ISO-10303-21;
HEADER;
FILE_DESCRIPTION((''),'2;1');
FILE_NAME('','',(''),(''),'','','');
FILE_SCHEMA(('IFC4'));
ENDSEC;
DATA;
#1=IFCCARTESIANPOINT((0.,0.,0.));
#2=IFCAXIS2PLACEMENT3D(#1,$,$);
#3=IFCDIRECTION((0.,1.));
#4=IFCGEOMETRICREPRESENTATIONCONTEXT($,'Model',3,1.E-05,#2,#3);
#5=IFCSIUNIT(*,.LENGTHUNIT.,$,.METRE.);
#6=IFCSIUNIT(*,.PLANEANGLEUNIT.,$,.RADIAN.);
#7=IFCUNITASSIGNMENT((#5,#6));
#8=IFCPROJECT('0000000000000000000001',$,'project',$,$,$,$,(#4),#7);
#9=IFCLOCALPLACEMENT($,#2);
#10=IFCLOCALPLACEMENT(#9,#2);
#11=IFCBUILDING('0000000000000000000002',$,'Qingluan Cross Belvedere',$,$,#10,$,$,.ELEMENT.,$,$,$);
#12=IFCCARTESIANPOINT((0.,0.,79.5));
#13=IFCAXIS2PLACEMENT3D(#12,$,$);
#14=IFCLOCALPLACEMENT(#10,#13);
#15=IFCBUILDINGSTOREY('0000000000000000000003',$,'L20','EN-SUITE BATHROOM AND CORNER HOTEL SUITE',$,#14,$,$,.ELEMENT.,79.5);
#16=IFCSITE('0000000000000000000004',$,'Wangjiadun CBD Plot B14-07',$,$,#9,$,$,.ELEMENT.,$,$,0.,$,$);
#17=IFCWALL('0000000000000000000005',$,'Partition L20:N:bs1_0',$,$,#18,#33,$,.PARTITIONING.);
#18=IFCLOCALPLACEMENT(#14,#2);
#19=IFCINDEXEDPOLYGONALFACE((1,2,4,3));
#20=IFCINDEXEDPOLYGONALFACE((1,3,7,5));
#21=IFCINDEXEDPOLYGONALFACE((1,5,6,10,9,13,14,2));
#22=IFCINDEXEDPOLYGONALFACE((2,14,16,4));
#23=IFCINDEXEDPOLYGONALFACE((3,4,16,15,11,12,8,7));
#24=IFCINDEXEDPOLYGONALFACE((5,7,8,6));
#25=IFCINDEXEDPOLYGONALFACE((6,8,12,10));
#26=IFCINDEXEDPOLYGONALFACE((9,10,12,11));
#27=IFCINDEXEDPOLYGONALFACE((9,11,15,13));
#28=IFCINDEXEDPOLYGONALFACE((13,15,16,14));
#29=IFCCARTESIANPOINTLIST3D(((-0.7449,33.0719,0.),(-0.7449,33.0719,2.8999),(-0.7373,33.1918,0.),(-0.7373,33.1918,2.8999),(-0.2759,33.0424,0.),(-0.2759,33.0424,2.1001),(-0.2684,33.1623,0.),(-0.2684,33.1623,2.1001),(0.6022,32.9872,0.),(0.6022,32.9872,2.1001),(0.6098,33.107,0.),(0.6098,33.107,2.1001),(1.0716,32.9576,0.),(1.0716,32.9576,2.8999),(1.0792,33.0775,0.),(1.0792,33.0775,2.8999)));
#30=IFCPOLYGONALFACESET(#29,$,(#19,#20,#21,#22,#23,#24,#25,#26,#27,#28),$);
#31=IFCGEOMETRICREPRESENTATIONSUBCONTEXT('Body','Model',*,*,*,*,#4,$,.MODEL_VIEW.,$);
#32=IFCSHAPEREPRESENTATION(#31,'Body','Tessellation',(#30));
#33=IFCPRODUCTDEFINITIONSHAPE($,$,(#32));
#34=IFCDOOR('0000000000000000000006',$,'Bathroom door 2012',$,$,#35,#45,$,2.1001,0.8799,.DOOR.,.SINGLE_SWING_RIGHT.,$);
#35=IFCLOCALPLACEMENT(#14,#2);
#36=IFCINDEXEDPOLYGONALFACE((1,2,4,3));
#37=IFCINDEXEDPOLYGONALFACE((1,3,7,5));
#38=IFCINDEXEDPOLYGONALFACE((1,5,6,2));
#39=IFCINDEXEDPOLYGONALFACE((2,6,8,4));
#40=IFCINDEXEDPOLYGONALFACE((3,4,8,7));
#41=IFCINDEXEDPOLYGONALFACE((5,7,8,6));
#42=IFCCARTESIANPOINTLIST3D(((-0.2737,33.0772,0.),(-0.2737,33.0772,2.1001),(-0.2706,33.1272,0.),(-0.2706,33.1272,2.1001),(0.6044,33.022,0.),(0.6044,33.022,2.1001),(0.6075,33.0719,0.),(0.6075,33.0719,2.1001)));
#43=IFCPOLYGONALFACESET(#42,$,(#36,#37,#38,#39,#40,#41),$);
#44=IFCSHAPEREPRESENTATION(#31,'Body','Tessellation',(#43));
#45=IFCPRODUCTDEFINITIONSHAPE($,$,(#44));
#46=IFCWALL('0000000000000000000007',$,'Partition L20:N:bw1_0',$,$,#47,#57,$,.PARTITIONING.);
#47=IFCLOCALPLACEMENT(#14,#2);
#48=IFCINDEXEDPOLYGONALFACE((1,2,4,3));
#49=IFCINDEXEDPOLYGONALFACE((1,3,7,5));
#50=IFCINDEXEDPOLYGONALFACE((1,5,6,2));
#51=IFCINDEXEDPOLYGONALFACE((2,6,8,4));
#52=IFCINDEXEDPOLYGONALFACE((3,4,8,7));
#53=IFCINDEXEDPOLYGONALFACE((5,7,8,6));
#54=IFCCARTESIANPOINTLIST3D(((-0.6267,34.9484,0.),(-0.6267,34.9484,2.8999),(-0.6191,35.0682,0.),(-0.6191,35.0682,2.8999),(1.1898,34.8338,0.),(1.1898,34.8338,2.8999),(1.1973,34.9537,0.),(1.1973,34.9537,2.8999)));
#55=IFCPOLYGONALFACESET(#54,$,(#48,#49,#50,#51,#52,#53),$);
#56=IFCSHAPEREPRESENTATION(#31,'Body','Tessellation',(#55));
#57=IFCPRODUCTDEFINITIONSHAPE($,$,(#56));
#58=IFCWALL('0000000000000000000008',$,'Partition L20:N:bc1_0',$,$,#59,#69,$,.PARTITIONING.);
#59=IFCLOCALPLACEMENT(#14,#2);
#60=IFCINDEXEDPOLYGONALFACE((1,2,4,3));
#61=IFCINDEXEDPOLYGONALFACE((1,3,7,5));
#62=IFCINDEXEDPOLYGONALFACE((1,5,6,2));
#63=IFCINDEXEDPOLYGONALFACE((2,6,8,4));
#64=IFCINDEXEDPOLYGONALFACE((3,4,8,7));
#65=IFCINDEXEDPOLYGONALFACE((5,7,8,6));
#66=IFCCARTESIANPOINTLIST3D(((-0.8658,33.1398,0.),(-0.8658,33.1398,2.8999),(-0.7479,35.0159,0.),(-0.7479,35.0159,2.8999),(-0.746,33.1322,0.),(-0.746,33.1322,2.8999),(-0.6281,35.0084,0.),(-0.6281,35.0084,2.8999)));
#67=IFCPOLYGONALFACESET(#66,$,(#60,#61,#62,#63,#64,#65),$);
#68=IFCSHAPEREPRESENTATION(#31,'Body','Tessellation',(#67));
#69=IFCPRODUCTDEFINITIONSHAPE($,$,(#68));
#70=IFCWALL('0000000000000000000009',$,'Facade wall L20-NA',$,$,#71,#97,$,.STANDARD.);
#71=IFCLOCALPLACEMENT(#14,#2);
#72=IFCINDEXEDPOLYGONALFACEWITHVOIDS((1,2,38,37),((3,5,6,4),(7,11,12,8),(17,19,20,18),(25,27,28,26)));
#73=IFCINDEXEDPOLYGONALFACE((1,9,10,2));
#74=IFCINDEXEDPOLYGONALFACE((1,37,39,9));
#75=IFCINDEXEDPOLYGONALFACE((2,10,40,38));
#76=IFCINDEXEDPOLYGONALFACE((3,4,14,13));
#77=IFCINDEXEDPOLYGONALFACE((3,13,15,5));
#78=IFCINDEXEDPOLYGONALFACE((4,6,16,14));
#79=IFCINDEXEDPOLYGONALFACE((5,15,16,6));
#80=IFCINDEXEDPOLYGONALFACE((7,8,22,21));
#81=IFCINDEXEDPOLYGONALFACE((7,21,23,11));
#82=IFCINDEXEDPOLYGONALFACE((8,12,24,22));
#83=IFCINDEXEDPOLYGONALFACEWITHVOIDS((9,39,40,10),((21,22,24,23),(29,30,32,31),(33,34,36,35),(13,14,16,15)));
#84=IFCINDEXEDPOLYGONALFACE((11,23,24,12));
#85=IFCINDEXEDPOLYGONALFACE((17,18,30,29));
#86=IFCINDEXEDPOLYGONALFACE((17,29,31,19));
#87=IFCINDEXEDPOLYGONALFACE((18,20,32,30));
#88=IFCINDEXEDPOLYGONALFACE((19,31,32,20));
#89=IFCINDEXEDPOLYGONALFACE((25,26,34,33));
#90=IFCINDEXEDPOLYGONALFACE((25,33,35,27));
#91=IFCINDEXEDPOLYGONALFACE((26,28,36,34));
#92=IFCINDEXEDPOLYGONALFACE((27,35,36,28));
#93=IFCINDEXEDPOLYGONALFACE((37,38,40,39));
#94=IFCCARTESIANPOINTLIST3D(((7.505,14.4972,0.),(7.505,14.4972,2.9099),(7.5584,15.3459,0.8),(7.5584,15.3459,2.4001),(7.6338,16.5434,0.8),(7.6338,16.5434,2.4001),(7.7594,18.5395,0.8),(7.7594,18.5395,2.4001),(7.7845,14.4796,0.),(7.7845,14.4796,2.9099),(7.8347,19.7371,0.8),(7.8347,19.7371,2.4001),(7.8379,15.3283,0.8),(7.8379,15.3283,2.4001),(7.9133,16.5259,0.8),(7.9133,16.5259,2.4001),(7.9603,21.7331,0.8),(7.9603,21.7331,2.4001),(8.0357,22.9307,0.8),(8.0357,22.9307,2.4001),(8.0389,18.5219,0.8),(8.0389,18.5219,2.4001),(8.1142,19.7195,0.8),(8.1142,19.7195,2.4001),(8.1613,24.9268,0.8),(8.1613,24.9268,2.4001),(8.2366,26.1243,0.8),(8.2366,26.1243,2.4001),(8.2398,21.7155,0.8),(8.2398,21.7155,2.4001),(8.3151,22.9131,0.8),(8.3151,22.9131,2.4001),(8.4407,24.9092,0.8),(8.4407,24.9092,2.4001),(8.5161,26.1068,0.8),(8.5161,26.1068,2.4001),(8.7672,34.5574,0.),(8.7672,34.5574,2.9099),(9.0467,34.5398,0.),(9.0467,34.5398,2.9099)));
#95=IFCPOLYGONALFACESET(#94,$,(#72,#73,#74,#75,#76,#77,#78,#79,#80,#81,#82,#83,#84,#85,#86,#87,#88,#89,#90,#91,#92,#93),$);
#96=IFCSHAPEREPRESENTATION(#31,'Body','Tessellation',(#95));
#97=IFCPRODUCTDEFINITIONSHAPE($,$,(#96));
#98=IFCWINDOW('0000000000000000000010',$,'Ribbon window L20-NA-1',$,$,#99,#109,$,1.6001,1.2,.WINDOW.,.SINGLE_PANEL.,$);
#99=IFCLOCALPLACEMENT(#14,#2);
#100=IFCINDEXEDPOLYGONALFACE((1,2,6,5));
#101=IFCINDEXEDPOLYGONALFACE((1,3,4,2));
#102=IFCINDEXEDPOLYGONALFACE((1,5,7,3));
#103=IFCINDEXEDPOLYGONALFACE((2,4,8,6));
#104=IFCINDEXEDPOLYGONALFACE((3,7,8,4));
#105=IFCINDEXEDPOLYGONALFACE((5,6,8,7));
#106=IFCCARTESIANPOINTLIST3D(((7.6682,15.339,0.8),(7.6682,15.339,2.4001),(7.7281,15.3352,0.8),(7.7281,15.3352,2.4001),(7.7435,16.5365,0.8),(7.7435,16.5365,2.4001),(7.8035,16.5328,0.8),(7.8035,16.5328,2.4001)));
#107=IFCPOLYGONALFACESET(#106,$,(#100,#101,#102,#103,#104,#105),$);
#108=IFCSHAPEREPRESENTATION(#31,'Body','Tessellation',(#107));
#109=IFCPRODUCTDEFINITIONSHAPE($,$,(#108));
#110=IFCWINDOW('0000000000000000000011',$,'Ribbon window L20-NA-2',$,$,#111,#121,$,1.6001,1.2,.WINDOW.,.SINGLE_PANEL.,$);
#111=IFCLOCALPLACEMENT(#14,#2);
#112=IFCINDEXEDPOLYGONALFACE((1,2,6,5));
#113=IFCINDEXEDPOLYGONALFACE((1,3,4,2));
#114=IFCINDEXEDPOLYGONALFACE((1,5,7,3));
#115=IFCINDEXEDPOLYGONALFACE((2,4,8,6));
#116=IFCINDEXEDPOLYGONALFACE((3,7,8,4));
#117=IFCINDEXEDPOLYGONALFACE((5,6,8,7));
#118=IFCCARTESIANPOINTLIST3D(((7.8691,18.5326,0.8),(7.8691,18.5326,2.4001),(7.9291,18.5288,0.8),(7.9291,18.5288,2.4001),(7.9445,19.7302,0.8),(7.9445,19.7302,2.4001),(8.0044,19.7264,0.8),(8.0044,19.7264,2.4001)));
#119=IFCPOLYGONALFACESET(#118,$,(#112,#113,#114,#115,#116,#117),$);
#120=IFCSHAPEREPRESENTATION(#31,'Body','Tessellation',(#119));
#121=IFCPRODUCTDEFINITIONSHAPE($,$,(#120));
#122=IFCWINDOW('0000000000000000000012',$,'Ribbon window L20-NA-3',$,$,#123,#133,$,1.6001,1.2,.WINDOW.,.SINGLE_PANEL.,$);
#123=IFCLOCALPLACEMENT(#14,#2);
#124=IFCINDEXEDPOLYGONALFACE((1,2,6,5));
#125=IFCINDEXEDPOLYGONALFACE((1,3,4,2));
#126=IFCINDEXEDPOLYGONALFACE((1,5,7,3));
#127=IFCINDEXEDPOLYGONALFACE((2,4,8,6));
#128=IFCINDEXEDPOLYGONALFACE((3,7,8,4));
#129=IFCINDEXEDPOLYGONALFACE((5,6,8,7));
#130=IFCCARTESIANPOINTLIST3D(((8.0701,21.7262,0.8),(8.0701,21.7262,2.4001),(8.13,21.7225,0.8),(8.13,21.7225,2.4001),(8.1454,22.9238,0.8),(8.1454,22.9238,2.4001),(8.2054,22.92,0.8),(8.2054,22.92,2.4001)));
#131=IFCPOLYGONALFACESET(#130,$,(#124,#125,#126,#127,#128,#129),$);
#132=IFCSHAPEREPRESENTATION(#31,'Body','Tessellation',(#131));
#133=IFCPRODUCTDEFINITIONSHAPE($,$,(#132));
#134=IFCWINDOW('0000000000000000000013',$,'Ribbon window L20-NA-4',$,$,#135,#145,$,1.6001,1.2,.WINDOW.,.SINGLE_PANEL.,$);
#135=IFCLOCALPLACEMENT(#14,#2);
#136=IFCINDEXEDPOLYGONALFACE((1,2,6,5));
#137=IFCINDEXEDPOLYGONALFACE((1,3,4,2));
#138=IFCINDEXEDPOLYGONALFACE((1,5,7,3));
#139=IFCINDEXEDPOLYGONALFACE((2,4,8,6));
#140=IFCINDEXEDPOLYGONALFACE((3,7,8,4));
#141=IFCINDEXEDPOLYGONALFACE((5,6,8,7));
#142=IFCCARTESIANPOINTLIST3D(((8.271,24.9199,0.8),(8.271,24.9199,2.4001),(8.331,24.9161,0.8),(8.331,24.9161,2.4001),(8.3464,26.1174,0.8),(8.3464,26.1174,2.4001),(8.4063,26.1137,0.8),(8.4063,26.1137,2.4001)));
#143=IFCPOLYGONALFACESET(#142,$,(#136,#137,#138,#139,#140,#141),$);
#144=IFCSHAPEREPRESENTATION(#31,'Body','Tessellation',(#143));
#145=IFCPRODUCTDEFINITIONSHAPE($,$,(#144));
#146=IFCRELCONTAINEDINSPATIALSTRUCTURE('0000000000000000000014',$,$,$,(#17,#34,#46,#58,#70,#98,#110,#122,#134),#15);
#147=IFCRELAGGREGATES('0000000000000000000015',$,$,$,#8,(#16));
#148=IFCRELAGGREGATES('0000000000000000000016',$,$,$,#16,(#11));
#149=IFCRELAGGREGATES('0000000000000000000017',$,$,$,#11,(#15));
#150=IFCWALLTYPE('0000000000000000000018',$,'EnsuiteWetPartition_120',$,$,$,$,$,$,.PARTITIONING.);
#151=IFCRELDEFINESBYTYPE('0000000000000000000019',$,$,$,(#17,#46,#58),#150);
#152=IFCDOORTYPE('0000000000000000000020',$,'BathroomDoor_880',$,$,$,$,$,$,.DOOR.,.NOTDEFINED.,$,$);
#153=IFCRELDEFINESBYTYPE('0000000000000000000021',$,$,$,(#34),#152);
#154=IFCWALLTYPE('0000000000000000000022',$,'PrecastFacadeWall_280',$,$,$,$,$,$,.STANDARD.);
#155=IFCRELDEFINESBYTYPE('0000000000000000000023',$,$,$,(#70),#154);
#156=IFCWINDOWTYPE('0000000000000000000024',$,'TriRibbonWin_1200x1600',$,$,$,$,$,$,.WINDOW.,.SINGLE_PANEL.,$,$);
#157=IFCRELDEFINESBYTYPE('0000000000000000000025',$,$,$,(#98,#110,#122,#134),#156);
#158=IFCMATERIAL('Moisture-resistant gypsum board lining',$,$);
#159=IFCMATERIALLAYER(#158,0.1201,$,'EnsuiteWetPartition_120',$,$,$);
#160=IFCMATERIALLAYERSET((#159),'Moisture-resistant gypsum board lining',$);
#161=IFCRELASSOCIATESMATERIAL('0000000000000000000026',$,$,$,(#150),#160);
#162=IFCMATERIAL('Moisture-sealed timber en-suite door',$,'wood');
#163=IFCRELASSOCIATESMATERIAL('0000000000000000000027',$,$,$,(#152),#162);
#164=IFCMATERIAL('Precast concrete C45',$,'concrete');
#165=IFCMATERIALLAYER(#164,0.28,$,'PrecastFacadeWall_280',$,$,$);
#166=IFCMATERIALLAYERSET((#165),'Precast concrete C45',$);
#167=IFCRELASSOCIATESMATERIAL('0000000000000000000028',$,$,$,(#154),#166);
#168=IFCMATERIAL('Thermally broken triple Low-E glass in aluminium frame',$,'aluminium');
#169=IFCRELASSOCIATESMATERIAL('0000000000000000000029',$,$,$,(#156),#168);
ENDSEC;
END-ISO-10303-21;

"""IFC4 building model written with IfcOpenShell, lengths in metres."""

from ifc_helpers import new_model, si_unit, direction, frame, frame_2d, origin, place, context, subcontext, project, spatial, rectangle, extrude, material, layer, layer_set, type_object, element, fill, save


model = new_model("IFC4")

# Units and contexts
model_context = context("Model", 3, precision=1e-05, world=origin(), true_north=direction((0.0, 1.0)))
body_context = subcontext(model_context, "Body", "Model", "MODEL_VIEW")
ifc_project = project(units=[si_unit("LENGTHUNIT", "METRE"), si_unit("PLANEANGLEUNIT", "RADIAN")], contexts=[model_context])

# Site, building, storey
site_placement = place(None, origin())
site = spatial("IfcSite", under=ifc_project, at=site_placement, Name="Wangjiadun CBD Plot B14-07", CompositionType="ELEMENT", RefElevation=0.0)
building_placement = place(site_placement, origin())
building = spatial("IfcBuilding", under=site, at=building_placement, Name="Qingluan Cross Belvedere", CompositionType="ELEMENT")
storey_placement = place(building_placement, frame((0.0, 0.0, 79.5)))
storey = spatial("IfcBuildingStorey", under=building, at=storey_placement, Name="L20", Description="EN-SUITE BATHROOM AND CORNER HOTEL SUITE", CompositionType="ELEMENT", Elevation=79.5)

# Shared definitions
ifc_material_1 = material(Name="Moisture-resistant gypsum board lining")
ifc_layer_1 = layer(ifc_material_1, 0.1201, Name="EnsuiteWetPartition_120")
ifc_layer_set_1 = layer_set([ifc_layer_1], Name="Moisture-resistant gypsum board lining")
wall_type_1 = type_object("IfcWallType", Name="EnsuiteWetPartition_120", PredefinedType="PARTITIONING", material=ifc_layer_set_1)
ifc_material_2 = material(Name="Moisture-sealed timber en-suite door", Category="wood")
door_type_1 = type_object("IfcDoorType", Name="BathroomDoor_880", OperationType="NOTDEFINED", PredefinedType="DOOR", material=ifc_material_2)

# Wall, opening, door
wall_1_placement = place(storey_placement, frame((-0.7412, 33.1318, 0.0), z_axis=(0.0, 0.0, 1.0), x_axis=(0.998027, -0.062779, 0.0)))
wall_1 = element("IfcWall", 1, at=wall_1_placement, inside=storey, type_object=wall_type_1, Name="Partition L20:N:bs1_0", PredefinedType="PARTITIONING", context=body_context, shape_type="SweptSolid", body=[
    extrude(rectangle(XDim=1.8201, YDim=0.1201, at=frame_2d((0.9102, 0.0))), origin(), (0.0, 0.0, 1.0), 2.8999),
])
opening_1_placement = place(wall_1_placement, frame((0.47, 0.0, 0.0)))
opening_1 = element("IfcOpeningElement", 2, at=opening_1_placement, cuts=wall_1, PredefinedType="OPENING", context=body_context, shape_type="SweptSolid", body=[
    extrude(rectangle(XDim=0.8799, YDim=2.1001, at=frame_2d((0.4399, 1.05))), frame((0.0, 0.0701, 0.0), z_axis=(0.0, -1.0, 0.0), x_axis=(1.0, 0.0, 0.0)), (0.0, 0.0, 1.0), 0.1401),
])
door_1_placement = place(opening_1_placement, origin())
door_1 = element("IfcDoor", 3, at=door_1_placement, inside=storey, type_object=door_type_1, Name="Bathroom door 2012", OperationType="SINGLE_SWING_RIGHT", OverallHeight=2.1001, OverallWidth=0.8799, PredefinedType="DOOR", context=body_context, shape_type="SweptSolid", body=[
    extrude(rectangle(XDim=0.8799, YDim=2.1001, at=frame_2d((0.4399, 1.05))), frame((0.0, 0.0249, 0.0), z_axis=(0.0, -1.0, 0.0), x_axis=(1.0, 0.0, 0.0)), (0.0, 0.0, 1.0), 0.05),
])
fill(opening_1, door_1)

# Walls
wall_2_placement = place(storey_placement, frame((-0.623, 35.0083, 0.0), z_axis=(0.0, 0.0, 1.0), x_axis=(0.998019, -0.062913, 0.0)))
element("IfcWall", 4, at=wall_2_placement, inside=storey, type_object=wall_type_1, Name="Partition L20:N:bw1_0", PredefinedType="PARTITIONING", context=body_context, shape_type="SweptSolid", body=[
    extrude(rectangle(XDim=1.8201, YDim=0.1201, at=frame_2d((0.9102, 0.0))), origin(), (0.0, 0.0, 1.0), 2.8999),
])
wall_3_placement = place(storey_placement, frame((-0.8059, 33.136, 0.0), z_axis=(0.0, 0.0, 1.0), x_axis=(0.062726, 0.998031, 0.0)))
element("IfcWall", 5, at=wall_3_placement, inside=storey, type_object=wall_type_1, Name="Partition L20:N:bc1_0", PredefinedType="PARTITIONING", context=body_context, shape_type="SweptSolid", body=[
    extrude(rectangle(XDim=1.8799, YDim=0.1201, at=frame_2d((0.9399, 0.0))), origin(), (0.0, 0.0, 1.0), 2.8999),
])

# Wall, openings, windows
ifc_material_3 = material(Name="Precast concrete C45", Category="concrete")
ifc_layer_2 = layer(ifc_material_3, 0.28, Name="PrecastFacadeWall_280")
ifc_layer_set_2 = layer_set([ifc_layer_2], Name="Precast concrete C45")
wall_type_2 = type_object("IfcWallType", Name="PrecastFacadeWall_280", PredefinedType="STANDARD", material=ifc_layer_set_2)
wall_4_placement = place(storey_placement, frame((7.6448, 14.4885, 0.0), z_axis=(0.0, 0.0, 1.0), x_axis=(0.062796, 0.998026, 0.0)))
wall_4 = element("IfcWall", 6, at=wall_4_placement, inside=storey, type_object=wall_type_2, Name="Facade wall L20-NA", PredefinedType="STANDARD", context=body_context, shape_type="SweptSolid", body=[
    extrude(rectangle(XDim=20.0999, YDim=0.28, at=frame_2d((10.0498, 0.0))), origin(), (0.0, 0.0, 1.0), 2.9099),
])
opening_2_placement = place(wall_4_placement, frame((0.8501, 0.0, 0.8)))
opening_2 = element("IfcOpeningElement", 7, at=opening_2_placement, cuts=wall_4, PredefinedType="OPENING", context=body_context, shape_type="SweptSolid", body=[
    extrude(rectangle(XDim=1.2, YDim=1.6001, at=frame_2d((0.6001, 0.8))), frame((0.0, 0.1499, 0.0), z_axis=(0.0, -1.0, 0.0), x_axis=(1.0, 0.0, 0.0)), (0.0, 0.0, 1.0), 0.3),
])
opening_3_placement = place(wall_4_placement, frame((4.05, 0.0, 0.8)))
opening_3 = element("IfcOpeningElement", 8, at=opening_3_placement, cuts=wall_4, PredefinedType="OPENING", context=body_context, shape_type="SweptSolid", body=[
    extrude(rectangle(XDim=1.2, YDim=1.6001, at=frame_2d((0.6001, 0.8))), frame((0.0, 0.1499, 0.0), z_axis=(0.0, -1.0, 0.0), x_axis=(1.0, 0.0, 0.0)), (0.0, 0.0, 1.0), 0.3),
])
opening_4_placement = place(wall_4_placement, frame((7.25, 0.0, 0.8)))
opening_4 = element("IfcOpeningElement", 9, at=opening_4_placement, cuts=wall_4, PredefinedType="OPENING", context=body_context, shape_type="SweptSolid", body=[
    extrude(rectangle(XDim=1.2, YDim=1.6001, at=frame_2d((0.6001, 0.8))), frame((0.0, 0.1499, 0.0), z_axis=(0.0, -1.0, 0.0), x_axis=(1.0, 0.0, 0.0)), (0.0, 0.0, 1.0), 0.3),
])
opening_5_placement = place(wall_4_placement, frame((10.45, 0.0, 0.8)))
opening_5 = element("IfcOpeningElement", 10, at=opening_5_placement, cuts=wall_4, PredefinedType="OPENING", context=body_context, shape_type="SweptSolid", body=[
    extrude(rectangle(XDim=1.2, YDim=1.6001, at=frame_2d((0.6001, 0.8))), frame((0.0, 0.1499, 0.0), z_axis=(0.0, -1.0, 0.0), x_axis=(1.0, 0.0, 0.0)), (0.0, 0.0, 1.0), 0.3),
])
ifc_material_4 = material(Name="Thermally broken triple Low-E glass in aluminium frame", Category="aluminium")
window_type_1 = type_object("IfcWindowType", Name="TriRibbonWin_1200x1600", PartitioningType="SINGLE_PANEL", PredefinedType="WINDOW", material=ifc_material_4)
window_1_placement = place(opening_2_placement, origin())
window_1 = element("IfcWindow", 11, at=window_1_placement, inside=storey, type_object=window_type_1, Name="Ribbon window L20-NA-1", OverallHeight=1.6001, OverallWidth=1.2, PartitioningType="SINGLE_PANEL", PredefinedType="WINDOW", context=body_context, shape_type="SweptSolid", body=[
    extrude(rectangle(XDim=1.2, YDim=1.6001, at=frame_2d((0.6001, 0.8))), frame((0.0, 0.03, 0.0), z_axis=(0.0, -1.0, 0.0), x_axis=(1.0, 0.0, 0.0)), (0.0, 0.0, 1.0), 0.0601),
])
fill(opening_2, window_1)
window_2_placement = place(opening_3_placement, origin())
window_2 = element("IfcWindow", 12, at=window_2_placement, inside=storey, type_object=window_type_1, Name="Ribbon window L20-NA-2", OverallHeight=1.6001, OverallWidth=1.2, PartitioningType="SINGLE_PANEL", PredefinedType="WINDOW", context=body_context, shape_type="SweptSolid", body=[
    extrude(rectangle(XDim=1.2, YDim=1.6001, at=frame_2d((0.6001, 0.8))), frame((0.0, 0.03, 0.0), z_axis=(0.0, -1.0, 0.0), x_axis=(1.0, 0.0, 0.0)), (0.0, 0.0, 1.0), 0.0601),
])
fill(opening_3, window_2)
window_3_placement = place(opening_4_placement, origin())
window_3 = element("IfcWindow", 13, at=window_3_placement, inside=storey, type_object=window_type_1, Name="Ribbon window L20-NA-3", OverallHeight=1.6001, OverallWidth=1.2, PartitioningType="SINGLE_PANEL", PredefinedType="WINDOW", context=body_context, shape_type="SweptSolid", body=[
    extrude(rectangle(XDim=1.2, YDim=1.6001, at=frame_2d((0.6001, 0.8))), frame((0.0, 0.03, 0.0), z_axis=(0.0, -1.0, 0.0), x_axis=(1.0, 0.0, 0.0)), (0.0, 0.0, 1.0), 0.0601),
])
fill(opening_4, window_3)
window_4_placement = place(opening_5_placement, origin())
window_4 = element("IfcWindow", 14, at=window_4_placement, inside=storey, type_object=window_type_1, Name="Ribbon window L20-NA-4", OverallHeight=1.6001, OverallWidth=1.2, PartitioningType="SINGLE_PANEL", PredefinedType="WINDOW", context=body_context, shape_type="SweptSolid", body=[
    extrude(rectangle(XDim=1.2, YDim=1.6001, at=frame_2d((0.6001, 0.8))), frame((0.0, 0.03, 0.0), z_axis=(0.0, -1.0, 0.0), x_axis=(1.0, 0.0, 0.0)), (0.0, 0.0, 1.0), 0.0601),
])
fill(opening_5, window_4)

save(model, "model.ifc")
